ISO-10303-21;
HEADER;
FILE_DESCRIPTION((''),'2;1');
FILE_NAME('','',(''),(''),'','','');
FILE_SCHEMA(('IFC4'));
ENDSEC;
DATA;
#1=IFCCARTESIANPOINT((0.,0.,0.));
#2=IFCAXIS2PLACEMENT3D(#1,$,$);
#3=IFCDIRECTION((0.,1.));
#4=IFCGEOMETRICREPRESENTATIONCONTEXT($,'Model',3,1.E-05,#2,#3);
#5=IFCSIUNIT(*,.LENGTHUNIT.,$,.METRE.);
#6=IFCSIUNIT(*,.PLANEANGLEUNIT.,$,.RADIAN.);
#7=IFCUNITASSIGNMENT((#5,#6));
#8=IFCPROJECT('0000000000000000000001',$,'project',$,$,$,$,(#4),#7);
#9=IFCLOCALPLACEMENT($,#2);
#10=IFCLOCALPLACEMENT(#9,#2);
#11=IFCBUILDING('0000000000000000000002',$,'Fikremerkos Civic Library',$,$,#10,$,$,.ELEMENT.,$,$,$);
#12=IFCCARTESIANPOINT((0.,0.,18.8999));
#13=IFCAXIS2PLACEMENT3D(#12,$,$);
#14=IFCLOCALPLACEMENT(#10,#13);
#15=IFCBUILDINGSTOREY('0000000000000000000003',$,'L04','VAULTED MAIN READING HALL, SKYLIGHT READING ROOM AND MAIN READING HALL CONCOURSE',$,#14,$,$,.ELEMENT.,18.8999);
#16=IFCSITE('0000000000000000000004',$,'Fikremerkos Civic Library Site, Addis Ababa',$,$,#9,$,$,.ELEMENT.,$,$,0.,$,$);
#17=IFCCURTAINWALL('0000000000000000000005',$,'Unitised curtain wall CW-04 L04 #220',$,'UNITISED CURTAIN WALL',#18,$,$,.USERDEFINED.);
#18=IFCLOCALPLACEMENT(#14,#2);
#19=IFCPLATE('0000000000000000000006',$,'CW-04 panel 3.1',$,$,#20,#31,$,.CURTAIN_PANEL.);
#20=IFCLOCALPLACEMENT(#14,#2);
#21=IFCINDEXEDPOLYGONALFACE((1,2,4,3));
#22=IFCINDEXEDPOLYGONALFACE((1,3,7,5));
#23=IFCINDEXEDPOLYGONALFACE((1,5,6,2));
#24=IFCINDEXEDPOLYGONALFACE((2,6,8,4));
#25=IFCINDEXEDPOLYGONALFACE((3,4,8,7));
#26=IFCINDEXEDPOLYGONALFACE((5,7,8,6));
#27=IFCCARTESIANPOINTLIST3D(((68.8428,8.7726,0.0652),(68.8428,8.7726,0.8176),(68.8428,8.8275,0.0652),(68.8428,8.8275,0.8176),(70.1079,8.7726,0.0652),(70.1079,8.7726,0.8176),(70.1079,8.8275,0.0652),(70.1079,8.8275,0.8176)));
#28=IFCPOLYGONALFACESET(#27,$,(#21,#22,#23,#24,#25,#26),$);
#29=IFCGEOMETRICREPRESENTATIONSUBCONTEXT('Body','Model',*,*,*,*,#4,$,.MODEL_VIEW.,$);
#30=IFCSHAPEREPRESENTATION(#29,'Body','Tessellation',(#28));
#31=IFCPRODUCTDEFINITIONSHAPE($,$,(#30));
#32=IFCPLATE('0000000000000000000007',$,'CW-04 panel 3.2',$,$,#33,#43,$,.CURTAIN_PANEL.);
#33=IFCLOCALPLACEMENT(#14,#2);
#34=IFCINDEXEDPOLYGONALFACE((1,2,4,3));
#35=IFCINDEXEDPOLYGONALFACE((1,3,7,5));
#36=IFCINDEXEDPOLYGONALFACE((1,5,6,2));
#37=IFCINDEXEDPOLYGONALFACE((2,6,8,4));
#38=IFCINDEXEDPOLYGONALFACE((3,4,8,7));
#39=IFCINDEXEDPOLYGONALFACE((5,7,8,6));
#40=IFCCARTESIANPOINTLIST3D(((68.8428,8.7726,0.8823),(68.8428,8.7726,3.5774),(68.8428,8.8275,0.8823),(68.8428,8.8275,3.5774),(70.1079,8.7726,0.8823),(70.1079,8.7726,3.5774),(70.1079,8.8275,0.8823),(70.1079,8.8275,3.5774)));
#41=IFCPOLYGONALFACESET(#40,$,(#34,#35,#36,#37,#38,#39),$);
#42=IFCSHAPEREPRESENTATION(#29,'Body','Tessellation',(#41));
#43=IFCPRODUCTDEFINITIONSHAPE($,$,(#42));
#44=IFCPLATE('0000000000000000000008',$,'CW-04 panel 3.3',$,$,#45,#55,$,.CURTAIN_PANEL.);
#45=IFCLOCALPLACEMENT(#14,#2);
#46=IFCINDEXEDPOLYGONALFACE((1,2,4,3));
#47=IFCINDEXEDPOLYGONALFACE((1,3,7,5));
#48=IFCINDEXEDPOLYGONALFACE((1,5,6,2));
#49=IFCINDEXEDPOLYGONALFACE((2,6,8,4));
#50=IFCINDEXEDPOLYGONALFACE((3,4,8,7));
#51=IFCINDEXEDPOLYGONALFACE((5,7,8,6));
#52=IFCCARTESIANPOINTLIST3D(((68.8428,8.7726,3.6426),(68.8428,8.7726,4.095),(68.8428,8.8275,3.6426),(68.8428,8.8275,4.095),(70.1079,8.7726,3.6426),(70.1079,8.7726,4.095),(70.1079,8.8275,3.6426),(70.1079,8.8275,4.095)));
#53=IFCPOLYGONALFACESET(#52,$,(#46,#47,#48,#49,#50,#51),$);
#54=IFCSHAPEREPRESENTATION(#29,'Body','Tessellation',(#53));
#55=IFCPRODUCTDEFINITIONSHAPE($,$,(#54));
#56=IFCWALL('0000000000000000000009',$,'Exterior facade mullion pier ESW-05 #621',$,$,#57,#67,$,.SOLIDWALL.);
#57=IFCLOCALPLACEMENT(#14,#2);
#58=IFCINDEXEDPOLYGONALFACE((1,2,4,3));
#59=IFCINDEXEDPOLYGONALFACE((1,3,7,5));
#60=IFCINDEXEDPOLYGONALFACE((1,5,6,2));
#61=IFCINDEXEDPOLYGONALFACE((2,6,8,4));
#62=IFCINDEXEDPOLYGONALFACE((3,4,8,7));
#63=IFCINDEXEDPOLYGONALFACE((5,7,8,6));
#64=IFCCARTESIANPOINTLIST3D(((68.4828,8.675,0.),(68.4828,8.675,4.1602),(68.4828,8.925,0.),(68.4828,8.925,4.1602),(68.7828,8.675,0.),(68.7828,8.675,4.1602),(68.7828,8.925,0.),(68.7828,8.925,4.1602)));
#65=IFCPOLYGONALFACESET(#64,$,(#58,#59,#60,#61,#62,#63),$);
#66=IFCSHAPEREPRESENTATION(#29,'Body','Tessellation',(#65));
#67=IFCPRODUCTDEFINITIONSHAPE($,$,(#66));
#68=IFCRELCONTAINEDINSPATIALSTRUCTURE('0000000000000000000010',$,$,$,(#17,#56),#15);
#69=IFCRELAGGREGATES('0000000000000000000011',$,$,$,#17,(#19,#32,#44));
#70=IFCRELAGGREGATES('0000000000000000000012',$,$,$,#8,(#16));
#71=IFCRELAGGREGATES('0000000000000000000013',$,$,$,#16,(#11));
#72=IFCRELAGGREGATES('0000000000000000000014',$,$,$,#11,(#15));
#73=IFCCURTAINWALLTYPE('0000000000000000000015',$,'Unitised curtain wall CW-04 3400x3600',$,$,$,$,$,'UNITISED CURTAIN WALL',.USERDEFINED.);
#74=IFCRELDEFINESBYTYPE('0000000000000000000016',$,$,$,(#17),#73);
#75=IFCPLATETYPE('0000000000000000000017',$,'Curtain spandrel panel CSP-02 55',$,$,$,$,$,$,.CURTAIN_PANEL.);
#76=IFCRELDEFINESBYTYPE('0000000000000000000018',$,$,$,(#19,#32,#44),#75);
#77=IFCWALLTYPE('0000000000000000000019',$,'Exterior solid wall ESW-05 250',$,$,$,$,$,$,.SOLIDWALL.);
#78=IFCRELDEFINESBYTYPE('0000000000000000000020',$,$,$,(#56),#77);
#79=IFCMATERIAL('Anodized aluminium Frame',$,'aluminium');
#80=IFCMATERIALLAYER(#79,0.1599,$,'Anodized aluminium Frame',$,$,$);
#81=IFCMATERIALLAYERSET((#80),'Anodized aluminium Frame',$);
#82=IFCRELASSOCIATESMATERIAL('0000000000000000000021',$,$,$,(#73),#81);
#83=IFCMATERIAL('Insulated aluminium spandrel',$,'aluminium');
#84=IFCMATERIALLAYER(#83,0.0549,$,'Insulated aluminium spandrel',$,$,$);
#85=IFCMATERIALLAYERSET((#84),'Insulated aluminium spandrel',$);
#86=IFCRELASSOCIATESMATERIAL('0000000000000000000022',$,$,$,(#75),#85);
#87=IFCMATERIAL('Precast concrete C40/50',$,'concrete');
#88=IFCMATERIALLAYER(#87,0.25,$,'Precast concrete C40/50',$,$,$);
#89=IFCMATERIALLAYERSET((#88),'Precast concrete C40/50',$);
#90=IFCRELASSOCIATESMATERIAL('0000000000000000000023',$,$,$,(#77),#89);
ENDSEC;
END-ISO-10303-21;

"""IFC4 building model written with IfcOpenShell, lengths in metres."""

from ifc_helpers import new_model, si_unit, direction, frame, frame_2d, origin, origin_2d, place, context, subcontext, project, spatial, rectangle, extrude, material, layer, layer_set, type_object, element, aggregate, save


model = new_model("IFC4")

# Units and contexts
model_context = context("Model", 3, precision=1e-05, world=origin(), true_north=direction((0.0, 1.0)))
body_context = subcontext(model_context, "Body", "Model", "MODEL_VIEW")
ifc_project = project(units=[si_unit("LENGTHUNIT", "METRE"), si_unit("PLANEANGLEUNIT", "RADIAN")], contexts=[model_context])

# Site, building, storey
site_placement = place(None, origin())
site = spatial("IfcSite", under=ifc_project, at=site_placement, Name="Fikremerkos Civic Library Site, Addis Ababa", CompositionType="ELEMENT", RefElevation=0.0)
building_placement = place(site_placement, origin())
building = spatial("IfcBuilding", under=site, at=building_placement, Name="Fikremerkos Civic Library", CompositionType="ELEMENT")
storey_placement = place(building_placement, frame((0.0, 0.0, 18.8999)))
storey = spatial("IfcBuildingStorey", under=building, at=storey_placement, Name="L04", Description="VAULTED MAIN READING HALL, SKYLIGHT READING ROOM AND MAIN READING HALL CONCOURSE", CompositionType="ELEMENT", Elevation=18.8999)

# Curtain wall
ifc_material_1 = material(Name="Anodized aluminium Frame", Category="aluminium")
ifc_layer_1 = layer(ifc_material_1, 0.1599, Name="Anodized aluminium Frame")
ifc_layer_set_1 = layer_set([ifc_layer_1], Name="Anodized aluminium Frame")
curtain_wall_type_1 = type_object("IfcCurtainWallType", Name="Unitised curtain wall CW-04 3400x3600", ElementType="UNITISED CURTAIN WALL", PredefinedType="USERDEFINED", material=ifc_layer_set_1)
curtain_wall_1_placement = place(storey_placement, origin())
curtain_wall_1 = element("IfcCurtainWall", 1, at=curtain_wall_1_placement, inside=storey, type_object=curtain_wall_type_1, Name="Unitised curtain wall CW-04 L04 #220", ObjectType="UNITISED CURTAIN WALL", PredefinedType="USERDEFINED")

# Plates
ifc_material_2 = material(Name="Insulated aluminium spandrel", Category="aluminium")
ifc_layer_2 = layer(ifc_material_2, 0.0549, Name="Insulated aluminium spandrel")
ifc_layer_set_2 = layer_set([ifc_layer_2], Name="Insulated aluminium spandrel")
plate_type_1 = type_object("IfcPlateType", Name="Curtain spandrel panel CSP-02 55", PredefinedType="CURTAIN_PANEL", material=ifc_layer_set_2)
plate_1_placement = place(storey_placement, frame((69.4753, 8.8, 0.0652), z_axis=(0.0, 0.0, 1.0), x_axis=(-1.0, 0.0, 0.0)))
plate_1 = element("IfcPlate", 2, at=plate_1_placement, type_object=plate_type_1, Name="CW-04 panel 3.1", PredefinedType="CURTAIN_PANEL", context=body_context, shape_type="SweptSolid", body=[
    extrude(rectangle(XDim=1.2651, YDim=0.0549, at=origin_2d()), origin(), (0.0, 0.0, 1.0), 0.7524),
])
plate_2_placement = place(storey_placement, frame((69.4753, 8.8, 0.8823), z_axis=(0.0, 0.0, 1.0), x_axis=(-1.0, 0.0, 0.0)))
plate_2 = element("IfcPlate", 3, at=plate_2_placement, type_object=plate_type_1, Name="CW-04 panel 3.2", PredefinedType="CURTAIN_PANEL", context=body_context, shape_type="SweptSolid", body=[
    extrude(rectangle(XDim=1.2651, YDim=0.0549, at=origin_2d()), origin(), (0.0, 0.0, 1.0), 2.6951),
])
plate_3_placement = place(storey_placement, frame((69.4753, 8.8, 3.6426), z_axis=(0.0, 0.0, 1.0), x_axis=(-1.0, 0.0, 0.0)))
plate_3 = element("IfcPlate", 4, at=plate_3_placement, type_object=plate_type_1, Name="CW-04 panel 3.3", PredefinedType="CURTAIN_PANEL", context=body_context, shape_type="SweptSolid", body=[
    extrude(rectangle(XDim=1.2651, YDim=0.0549, at=origin_2d()), origin(), (0.0, 0.0, 1.0), 0.4524),
])
aggregate(curtain_wall_1, [plate_1, plate_2, plate_3])

# Wall
ifc_material_3 = material(Name="Precast concrete C40/50", Category="concrete")
ifc_layer_3 = layer(ifc_material_3, 0.25, Name="Precast concrete C40/50")
ifc_layer_set_3 = layer_set([ifc_layer_3], Name="Precast concrete C40/50")
wall_type = type_object("IfcWallType", Name="Exterior solid wall ESW-05 250", PredefinedType="SOLIDWALL", material=ifc_layer_set_3)
wall_placement = place(storey_placement, frame((68.7827, 8.8, 0.0), z_axis=(0.0, 0.0, 1.0), x_axis=(-1.0, 0.0, 0.0)))
element("IfcWall", 5, at=wall_placement, inside=storey, type_object=wall_type, Name="Exterior facade mullion pier ESW-05 #621", PredefinedType="SOLIDWALL", context=body_context, shape_type="SweptSolid", body=[
    extrude(rectangle(XDim=0.3, YDim=0.25, at=frame_2d((0.1499, 0.0))), origin(), (0.0, 0.0, 1.0), 4.1602),
])

save(model, "model.ifc")
